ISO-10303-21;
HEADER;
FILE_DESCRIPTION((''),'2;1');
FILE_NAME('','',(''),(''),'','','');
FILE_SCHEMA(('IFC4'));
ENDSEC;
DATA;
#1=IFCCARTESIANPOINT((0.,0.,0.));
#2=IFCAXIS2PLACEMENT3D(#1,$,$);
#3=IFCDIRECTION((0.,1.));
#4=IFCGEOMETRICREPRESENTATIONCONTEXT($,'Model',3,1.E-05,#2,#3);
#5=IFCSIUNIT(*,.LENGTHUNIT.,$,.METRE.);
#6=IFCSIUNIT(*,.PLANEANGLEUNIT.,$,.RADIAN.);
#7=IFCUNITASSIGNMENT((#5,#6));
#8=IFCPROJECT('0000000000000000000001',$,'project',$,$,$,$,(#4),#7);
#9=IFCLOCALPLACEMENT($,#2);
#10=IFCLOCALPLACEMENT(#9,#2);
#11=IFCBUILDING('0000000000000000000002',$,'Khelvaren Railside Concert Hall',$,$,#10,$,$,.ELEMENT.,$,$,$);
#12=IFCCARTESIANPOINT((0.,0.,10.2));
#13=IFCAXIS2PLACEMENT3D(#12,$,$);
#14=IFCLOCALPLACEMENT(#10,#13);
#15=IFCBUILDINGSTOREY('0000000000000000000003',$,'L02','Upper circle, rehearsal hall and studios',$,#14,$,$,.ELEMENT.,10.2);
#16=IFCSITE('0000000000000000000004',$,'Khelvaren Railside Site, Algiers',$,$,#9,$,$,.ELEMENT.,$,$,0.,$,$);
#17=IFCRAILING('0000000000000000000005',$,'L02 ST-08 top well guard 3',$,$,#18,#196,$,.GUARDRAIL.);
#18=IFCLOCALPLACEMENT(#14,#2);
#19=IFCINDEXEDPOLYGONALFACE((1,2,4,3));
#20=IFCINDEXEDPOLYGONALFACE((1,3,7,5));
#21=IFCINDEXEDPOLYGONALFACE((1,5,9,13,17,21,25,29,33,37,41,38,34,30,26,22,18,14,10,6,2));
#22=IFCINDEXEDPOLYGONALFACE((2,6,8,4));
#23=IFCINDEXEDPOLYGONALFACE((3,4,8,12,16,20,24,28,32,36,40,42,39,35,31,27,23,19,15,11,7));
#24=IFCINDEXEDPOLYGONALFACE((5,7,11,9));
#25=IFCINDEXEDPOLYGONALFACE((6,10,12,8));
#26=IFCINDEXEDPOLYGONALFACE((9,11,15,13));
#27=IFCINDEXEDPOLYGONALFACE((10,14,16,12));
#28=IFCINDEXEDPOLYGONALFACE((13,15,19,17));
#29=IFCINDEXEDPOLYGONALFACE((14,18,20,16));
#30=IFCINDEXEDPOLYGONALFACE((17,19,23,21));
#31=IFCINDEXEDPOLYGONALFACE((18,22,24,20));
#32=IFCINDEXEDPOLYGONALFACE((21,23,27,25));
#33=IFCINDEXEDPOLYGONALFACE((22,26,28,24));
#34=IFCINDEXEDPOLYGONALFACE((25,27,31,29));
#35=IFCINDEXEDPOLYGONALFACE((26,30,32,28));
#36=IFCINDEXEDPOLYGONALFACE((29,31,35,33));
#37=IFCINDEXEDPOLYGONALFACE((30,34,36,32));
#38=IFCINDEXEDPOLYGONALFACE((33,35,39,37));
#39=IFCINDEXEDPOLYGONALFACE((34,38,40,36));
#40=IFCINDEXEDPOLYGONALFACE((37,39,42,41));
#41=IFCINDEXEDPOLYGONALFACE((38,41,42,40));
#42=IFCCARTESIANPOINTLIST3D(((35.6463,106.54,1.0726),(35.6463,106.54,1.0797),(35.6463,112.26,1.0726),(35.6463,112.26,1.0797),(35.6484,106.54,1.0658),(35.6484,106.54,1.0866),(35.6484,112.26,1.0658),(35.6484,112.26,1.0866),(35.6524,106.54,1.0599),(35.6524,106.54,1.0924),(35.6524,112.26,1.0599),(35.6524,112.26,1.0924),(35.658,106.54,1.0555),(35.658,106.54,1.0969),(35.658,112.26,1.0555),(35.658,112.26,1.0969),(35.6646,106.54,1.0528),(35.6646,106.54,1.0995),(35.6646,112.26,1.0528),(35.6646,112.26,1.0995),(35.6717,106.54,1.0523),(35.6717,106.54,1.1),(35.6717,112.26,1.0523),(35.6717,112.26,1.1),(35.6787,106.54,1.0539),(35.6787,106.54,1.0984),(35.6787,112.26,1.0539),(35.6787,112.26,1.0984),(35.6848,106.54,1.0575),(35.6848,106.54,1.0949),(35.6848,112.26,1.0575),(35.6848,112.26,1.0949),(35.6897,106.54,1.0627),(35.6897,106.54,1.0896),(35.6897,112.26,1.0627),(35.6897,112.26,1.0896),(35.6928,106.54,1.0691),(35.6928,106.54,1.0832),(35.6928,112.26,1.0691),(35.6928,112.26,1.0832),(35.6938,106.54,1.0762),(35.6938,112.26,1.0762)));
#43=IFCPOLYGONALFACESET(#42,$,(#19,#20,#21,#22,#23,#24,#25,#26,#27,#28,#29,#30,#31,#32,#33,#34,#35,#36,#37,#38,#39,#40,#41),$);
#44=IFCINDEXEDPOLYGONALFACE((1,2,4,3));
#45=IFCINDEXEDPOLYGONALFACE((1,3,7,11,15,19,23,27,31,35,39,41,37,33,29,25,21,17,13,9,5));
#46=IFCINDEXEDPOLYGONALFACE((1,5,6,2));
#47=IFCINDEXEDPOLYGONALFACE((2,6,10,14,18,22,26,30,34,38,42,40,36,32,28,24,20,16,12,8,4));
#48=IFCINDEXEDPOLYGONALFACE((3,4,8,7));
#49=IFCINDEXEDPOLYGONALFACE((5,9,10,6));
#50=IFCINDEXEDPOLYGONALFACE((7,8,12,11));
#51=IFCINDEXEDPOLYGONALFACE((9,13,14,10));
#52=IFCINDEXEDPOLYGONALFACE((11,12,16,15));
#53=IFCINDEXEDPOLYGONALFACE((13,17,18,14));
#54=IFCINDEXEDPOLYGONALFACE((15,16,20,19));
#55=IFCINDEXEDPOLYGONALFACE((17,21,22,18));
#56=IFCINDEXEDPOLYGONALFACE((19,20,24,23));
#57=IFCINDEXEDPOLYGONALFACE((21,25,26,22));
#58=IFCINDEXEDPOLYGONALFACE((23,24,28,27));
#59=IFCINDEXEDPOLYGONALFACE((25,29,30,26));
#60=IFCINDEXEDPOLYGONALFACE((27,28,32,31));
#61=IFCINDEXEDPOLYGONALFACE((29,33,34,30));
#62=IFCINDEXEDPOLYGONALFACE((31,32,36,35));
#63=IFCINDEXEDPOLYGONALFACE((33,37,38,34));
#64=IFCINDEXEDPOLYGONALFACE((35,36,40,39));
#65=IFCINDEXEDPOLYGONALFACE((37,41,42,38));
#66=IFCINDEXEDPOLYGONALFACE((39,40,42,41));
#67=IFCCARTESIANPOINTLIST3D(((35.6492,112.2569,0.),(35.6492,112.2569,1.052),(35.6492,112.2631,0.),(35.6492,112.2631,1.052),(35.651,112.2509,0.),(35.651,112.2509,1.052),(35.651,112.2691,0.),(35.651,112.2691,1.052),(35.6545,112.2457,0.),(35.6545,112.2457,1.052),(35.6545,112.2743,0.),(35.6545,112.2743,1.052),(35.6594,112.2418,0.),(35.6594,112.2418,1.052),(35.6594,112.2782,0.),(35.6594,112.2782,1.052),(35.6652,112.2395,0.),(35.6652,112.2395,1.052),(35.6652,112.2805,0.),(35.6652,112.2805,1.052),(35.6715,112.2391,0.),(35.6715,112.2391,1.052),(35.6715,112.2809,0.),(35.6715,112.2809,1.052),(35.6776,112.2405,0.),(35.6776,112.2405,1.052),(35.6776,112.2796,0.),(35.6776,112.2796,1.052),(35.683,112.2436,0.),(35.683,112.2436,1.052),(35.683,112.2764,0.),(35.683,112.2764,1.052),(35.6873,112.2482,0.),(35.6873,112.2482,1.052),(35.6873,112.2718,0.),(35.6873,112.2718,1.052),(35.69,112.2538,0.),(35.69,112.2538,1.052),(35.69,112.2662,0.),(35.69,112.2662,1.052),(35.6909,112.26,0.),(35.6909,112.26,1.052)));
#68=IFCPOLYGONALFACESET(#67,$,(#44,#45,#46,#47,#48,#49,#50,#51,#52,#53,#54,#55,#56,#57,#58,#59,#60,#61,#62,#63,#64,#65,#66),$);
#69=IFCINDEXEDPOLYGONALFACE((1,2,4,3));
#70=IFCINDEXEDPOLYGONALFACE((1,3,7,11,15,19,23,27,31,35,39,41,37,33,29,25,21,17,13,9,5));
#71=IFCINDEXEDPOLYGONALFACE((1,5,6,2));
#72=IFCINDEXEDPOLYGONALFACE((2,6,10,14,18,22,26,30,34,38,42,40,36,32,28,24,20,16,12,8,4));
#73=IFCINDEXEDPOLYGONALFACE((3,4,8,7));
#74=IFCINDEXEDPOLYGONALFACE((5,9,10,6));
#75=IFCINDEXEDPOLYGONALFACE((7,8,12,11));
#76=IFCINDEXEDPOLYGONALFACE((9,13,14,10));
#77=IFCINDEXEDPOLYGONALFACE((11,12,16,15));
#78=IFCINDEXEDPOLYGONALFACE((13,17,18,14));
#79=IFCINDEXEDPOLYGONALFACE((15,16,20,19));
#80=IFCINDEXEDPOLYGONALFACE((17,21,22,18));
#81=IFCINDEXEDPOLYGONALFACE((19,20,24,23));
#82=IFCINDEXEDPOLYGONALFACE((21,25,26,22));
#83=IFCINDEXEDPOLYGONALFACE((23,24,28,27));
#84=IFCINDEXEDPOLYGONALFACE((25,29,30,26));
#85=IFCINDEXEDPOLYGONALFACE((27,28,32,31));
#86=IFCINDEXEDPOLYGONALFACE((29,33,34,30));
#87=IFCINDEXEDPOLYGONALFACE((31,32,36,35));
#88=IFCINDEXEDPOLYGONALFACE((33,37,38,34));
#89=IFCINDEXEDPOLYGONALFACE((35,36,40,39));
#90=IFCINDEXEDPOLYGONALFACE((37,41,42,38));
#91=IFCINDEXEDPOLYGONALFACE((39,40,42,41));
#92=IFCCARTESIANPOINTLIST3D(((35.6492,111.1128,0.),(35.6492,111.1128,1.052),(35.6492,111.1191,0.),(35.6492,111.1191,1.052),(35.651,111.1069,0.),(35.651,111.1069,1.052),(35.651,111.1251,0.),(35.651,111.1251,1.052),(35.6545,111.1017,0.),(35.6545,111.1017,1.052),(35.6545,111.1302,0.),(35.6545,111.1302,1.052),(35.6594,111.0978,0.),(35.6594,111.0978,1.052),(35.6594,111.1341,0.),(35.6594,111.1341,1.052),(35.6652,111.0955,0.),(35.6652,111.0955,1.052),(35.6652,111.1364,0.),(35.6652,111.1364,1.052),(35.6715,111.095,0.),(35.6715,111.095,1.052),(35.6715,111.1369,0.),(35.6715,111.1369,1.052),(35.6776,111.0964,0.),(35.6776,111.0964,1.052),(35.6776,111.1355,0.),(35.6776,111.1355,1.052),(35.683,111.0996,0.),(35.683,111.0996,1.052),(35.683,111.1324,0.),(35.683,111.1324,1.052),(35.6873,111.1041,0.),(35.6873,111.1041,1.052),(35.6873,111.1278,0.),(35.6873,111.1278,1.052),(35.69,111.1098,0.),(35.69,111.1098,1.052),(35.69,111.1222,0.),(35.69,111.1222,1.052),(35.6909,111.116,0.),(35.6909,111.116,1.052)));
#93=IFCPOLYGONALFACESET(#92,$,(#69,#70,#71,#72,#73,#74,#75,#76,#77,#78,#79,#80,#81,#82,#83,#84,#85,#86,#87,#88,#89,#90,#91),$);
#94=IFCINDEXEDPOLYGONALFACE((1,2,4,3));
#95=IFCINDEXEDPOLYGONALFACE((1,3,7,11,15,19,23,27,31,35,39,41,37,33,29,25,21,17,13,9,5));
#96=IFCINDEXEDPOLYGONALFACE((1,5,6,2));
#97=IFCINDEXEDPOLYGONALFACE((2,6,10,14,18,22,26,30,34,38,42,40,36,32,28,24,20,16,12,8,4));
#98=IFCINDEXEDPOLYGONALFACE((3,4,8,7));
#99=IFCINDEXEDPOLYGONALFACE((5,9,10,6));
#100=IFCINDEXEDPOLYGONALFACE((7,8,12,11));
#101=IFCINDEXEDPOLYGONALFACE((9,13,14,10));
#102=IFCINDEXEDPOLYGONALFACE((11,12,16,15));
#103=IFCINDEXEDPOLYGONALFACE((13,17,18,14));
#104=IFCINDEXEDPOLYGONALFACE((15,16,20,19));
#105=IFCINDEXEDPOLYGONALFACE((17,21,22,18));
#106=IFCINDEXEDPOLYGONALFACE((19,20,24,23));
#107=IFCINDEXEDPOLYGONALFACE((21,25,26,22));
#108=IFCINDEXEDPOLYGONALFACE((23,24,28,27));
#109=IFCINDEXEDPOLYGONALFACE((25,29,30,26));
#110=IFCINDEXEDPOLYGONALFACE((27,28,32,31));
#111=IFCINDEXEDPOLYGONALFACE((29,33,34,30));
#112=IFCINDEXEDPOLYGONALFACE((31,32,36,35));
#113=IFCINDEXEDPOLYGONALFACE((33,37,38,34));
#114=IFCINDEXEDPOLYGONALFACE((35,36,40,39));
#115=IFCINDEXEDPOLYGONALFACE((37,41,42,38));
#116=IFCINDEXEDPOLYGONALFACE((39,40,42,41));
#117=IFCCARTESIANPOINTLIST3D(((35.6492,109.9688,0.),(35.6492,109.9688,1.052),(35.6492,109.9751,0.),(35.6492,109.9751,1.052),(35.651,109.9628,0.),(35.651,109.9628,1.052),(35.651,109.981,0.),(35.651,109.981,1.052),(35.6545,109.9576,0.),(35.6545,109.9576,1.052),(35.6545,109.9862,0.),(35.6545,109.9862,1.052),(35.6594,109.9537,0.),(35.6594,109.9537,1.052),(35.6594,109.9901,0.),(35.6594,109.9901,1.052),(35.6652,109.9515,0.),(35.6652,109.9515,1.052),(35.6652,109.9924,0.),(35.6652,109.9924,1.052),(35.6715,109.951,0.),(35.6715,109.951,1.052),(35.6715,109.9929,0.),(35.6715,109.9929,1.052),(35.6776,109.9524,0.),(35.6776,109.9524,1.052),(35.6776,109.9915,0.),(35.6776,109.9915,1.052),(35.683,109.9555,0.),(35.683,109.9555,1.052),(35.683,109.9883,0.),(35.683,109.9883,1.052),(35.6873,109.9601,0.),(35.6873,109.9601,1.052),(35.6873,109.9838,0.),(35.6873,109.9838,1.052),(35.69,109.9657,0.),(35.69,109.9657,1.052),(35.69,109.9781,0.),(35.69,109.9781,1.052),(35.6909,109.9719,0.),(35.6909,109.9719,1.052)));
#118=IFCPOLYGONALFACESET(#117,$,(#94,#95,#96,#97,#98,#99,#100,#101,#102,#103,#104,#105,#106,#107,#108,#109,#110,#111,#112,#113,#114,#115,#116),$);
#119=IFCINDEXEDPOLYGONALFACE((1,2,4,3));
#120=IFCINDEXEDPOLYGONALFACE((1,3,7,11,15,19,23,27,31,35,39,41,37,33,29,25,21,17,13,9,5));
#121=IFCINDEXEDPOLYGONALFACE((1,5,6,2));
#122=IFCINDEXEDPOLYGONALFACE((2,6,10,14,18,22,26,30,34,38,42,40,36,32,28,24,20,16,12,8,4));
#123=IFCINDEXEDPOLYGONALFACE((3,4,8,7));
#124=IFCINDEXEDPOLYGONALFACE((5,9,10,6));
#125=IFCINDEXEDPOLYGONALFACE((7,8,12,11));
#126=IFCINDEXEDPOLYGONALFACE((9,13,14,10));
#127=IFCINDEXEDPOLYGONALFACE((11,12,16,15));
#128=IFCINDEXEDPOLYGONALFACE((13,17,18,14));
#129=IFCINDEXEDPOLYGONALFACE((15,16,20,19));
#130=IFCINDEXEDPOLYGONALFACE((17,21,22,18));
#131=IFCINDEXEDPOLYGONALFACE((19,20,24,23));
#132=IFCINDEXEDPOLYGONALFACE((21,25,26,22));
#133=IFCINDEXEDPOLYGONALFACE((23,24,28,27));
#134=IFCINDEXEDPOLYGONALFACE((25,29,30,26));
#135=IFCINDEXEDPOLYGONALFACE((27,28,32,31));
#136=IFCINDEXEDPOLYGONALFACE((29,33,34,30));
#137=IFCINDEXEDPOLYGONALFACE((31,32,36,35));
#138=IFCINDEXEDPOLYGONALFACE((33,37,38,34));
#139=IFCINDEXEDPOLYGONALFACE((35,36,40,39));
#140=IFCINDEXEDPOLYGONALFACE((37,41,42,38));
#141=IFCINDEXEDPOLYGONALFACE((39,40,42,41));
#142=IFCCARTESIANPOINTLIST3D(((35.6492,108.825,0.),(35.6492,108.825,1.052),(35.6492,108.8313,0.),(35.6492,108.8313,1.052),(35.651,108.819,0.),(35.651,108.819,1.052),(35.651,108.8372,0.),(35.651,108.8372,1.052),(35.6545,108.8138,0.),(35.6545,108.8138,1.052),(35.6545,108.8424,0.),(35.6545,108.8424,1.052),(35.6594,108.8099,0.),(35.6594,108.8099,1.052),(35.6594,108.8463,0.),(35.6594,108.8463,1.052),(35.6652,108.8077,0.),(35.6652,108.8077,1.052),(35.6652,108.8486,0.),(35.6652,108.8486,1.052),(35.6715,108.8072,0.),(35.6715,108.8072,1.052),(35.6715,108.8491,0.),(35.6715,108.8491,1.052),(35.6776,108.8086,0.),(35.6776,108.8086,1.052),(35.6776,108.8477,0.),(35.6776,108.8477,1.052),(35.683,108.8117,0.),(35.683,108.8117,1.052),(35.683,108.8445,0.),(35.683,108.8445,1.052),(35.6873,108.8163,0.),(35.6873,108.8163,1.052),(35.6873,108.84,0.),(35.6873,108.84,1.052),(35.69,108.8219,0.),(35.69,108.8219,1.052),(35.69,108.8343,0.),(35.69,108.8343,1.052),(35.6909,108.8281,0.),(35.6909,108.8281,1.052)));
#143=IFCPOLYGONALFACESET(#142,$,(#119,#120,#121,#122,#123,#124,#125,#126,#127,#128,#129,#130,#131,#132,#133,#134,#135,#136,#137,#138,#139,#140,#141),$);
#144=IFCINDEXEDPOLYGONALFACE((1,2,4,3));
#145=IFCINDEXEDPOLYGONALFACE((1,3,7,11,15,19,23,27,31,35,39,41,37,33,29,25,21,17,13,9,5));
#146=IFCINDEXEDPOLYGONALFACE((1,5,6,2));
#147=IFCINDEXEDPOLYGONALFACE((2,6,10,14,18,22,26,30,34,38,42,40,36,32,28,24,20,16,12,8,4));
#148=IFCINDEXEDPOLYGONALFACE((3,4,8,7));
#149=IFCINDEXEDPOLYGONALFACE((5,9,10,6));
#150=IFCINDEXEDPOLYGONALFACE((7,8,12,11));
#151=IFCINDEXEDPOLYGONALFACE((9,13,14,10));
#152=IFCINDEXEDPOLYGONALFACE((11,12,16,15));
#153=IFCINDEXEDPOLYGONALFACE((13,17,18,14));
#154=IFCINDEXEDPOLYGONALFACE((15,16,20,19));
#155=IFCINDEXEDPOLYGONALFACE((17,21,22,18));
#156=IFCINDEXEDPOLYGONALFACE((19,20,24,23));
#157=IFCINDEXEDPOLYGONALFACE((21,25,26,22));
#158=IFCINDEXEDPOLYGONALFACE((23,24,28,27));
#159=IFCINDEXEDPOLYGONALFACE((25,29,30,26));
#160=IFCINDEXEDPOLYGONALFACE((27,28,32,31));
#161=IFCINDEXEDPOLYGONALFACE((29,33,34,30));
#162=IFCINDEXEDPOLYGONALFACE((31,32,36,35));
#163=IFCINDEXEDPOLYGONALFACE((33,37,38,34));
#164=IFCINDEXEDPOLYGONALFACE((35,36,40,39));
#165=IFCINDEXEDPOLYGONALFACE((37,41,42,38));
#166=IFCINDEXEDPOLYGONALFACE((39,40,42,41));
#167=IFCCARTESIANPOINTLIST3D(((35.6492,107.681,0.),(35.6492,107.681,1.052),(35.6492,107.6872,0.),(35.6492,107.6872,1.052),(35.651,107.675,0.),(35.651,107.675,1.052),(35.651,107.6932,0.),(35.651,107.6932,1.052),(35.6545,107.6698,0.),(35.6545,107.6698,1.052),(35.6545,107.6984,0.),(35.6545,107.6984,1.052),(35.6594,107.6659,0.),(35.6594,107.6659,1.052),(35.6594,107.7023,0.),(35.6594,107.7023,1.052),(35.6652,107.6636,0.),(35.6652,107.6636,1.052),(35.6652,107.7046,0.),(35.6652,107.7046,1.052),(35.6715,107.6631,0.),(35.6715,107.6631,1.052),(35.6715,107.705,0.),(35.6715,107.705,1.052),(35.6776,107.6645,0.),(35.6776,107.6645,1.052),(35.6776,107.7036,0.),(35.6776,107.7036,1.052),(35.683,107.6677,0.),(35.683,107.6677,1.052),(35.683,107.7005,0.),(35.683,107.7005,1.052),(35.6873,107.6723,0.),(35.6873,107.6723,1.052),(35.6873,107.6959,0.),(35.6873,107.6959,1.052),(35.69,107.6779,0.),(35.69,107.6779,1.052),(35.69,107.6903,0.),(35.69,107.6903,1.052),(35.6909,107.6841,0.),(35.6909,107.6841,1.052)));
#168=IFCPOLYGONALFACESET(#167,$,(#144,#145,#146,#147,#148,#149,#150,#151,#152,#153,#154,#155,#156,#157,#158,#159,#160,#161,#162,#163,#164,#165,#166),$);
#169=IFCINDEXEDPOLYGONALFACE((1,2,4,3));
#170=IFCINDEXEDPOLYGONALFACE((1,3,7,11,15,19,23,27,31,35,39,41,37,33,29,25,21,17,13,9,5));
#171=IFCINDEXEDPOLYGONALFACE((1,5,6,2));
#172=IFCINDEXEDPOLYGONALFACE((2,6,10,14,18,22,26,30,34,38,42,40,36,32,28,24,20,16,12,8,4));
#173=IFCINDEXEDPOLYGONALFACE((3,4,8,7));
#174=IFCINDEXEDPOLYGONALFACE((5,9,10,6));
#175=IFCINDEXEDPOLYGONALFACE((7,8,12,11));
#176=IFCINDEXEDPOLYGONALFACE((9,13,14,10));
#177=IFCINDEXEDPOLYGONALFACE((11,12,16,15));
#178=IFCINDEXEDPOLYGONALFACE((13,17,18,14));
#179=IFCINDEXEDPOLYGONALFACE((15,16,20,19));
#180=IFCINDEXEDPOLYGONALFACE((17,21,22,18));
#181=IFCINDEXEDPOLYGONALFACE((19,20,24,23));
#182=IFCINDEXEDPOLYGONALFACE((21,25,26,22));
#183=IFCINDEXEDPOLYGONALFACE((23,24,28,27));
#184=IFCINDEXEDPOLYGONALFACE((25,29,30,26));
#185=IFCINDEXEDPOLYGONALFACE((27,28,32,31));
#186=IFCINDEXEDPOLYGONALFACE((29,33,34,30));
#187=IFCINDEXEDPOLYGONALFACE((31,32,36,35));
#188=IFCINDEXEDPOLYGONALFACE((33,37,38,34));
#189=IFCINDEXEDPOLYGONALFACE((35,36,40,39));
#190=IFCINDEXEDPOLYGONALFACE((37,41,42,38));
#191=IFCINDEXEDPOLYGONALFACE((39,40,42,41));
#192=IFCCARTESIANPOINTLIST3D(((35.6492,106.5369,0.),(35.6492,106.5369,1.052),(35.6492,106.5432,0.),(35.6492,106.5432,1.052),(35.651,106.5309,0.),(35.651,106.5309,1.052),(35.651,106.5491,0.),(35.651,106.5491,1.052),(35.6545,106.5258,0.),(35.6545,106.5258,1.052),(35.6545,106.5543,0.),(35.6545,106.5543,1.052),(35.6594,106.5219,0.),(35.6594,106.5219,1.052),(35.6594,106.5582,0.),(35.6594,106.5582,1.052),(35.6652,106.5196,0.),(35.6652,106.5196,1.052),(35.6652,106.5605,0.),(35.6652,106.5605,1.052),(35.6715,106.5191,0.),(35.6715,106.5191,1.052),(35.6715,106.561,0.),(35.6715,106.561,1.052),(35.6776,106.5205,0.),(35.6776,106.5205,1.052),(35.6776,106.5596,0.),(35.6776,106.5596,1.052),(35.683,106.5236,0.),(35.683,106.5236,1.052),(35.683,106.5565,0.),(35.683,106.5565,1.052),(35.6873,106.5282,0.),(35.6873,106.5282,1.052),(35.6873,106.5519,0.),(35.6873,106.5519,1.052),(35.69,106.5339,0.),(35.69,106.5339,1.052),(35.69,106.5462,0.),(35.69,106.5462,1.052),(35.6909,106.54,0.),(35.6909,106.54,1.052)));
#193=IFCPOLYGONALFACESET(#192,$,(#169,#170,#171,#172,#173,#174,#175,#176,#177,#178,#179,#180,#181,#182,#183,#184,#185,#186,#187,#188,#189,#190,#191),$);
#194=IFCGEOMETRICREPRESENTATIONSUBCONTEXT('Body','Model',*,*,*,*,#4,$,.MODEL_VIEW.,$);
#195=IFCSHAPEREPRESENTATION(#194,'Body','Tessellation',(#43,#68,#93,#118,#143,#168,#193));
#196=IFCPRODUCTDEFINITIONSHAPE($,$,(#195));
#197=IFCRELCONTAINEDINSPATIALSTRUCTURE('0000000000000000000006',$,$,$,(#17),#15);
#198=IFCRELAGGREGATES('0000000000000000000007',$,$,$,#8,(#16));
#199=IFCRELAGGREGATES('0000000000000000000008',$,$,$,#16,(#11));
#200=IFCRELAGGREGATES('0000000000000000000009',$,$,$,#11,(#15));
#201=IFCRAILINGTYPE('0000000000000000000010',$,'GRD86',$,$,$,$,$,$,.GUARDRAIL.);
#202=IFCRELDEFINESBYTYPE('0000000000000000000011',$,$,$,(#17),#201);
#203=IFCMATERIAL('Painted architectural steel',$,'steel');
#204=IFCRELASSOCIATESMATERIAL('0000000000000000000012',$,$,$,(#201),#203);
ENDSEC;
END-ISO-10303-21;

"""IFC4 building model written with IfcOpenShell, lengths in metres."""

from ifc_helpers import new_model, si_unit, direction, frame, origin, origin_2d, place, context, subcontext, project, spatial, circle, extrude, material, type_object, element, save


model = new_model("IFC4")

# Units and contexts
model_context = context("Model", 3, precision=1e-05, world=origin(), true_north=direction((0.0, 1.0)))
body_context = subcontext(model_context, "Body", "Model", "MODEL_VIEW")
ifc_project = project(units=[si_unit("LENGTHUNIT", "METRE"), si_unit("PLANEANGLEUNIT", "RADIAN")], contexts=[model_context])

# Site, building, storey
site_placement = place(None, origin())
site = spatial("IfcSite", under=ifc_project, at=site_placement, Name="Khelvaren Railside Site, Algiers", CompositionType="ELEMENT", RefElevation=0.0)
building_placement = place(site_placement, origin())
building = spatial("IfcBuilding", under=site, at=building_placement, Name="Khelvaren Railside Concert Hall", CompositionType="ELEMENT")
storey_placement = place(building_placement, frame((0.0, 0.0, 10.2)))
storey = spatial("IfcBuildingStorey", under=building, at=storey_placement, Name="L02", Description="Upper circle, rehearsal hall and studios", CompositionType="ELEMENT", Elevation=10.2)

# Railing
ifc_material_1 = material(Name="Painted architectural steel", Category="steel")
railing_type = type_object("IfcRailingType", Name="GRD86", PredefinedType="GUARDRAIL", material=ifc_material_1)
for number, where, name in (
    (1, (35.6699, 112.26, 0.0), "L02 ST-08 top well guard 3"),
):
    element("IfcRailing", number, at=place(storey_placement, frame(where)), inside=storey, type_object=railing_type, Name=name, PredefinedType="GUARDRAIL", context=body_context, shape_type="SweptSolid", body=[
        extrude(circle(Radius=0.0239, at=origin_2d()), frame((0.0, 0.0, 1.0762), z_axis=(0.0, -1.0, 0.0), x_axis=(1.0, 0.0, 0.0)), (0.0, 0.0, 1.0), 5.72),
        extrude(circle(Radius=0.021, at=origin_2d()), origin(), (0.0, 0.0, 1.0), 1.052),
        extrude(circle(Radius=0.021, at=origin_2d()), frame((0.0, -1.144, 0.0)), (0.0, 0.0, 1.0), 1.052),
        extrude(circle(Radius=0.021, at=origin_2d()), frame((0.0, -2.2881, 0.0)), (0.0, 0.0, 1.0), 1.052),
        extrude(circle(Radius=0.021, at=origin_2d()), frame((0.0, -3.4319, 0.0)), (0.0, 0.0, 1.0), 1.052),
        extrude(circle(Radius=0.021, at=origin_2d()), frame((0.0, -4.5759, 0.0)), (0.0, 0.0, 1.0), 1.052),
        extrude(circle(Radius=0.021, at=origin_2d()), frame((0.0, -5.72, 0.0)), (0.0, 0.0, 1.0), 1.052),
    ])

save(model, "model.ifc")
